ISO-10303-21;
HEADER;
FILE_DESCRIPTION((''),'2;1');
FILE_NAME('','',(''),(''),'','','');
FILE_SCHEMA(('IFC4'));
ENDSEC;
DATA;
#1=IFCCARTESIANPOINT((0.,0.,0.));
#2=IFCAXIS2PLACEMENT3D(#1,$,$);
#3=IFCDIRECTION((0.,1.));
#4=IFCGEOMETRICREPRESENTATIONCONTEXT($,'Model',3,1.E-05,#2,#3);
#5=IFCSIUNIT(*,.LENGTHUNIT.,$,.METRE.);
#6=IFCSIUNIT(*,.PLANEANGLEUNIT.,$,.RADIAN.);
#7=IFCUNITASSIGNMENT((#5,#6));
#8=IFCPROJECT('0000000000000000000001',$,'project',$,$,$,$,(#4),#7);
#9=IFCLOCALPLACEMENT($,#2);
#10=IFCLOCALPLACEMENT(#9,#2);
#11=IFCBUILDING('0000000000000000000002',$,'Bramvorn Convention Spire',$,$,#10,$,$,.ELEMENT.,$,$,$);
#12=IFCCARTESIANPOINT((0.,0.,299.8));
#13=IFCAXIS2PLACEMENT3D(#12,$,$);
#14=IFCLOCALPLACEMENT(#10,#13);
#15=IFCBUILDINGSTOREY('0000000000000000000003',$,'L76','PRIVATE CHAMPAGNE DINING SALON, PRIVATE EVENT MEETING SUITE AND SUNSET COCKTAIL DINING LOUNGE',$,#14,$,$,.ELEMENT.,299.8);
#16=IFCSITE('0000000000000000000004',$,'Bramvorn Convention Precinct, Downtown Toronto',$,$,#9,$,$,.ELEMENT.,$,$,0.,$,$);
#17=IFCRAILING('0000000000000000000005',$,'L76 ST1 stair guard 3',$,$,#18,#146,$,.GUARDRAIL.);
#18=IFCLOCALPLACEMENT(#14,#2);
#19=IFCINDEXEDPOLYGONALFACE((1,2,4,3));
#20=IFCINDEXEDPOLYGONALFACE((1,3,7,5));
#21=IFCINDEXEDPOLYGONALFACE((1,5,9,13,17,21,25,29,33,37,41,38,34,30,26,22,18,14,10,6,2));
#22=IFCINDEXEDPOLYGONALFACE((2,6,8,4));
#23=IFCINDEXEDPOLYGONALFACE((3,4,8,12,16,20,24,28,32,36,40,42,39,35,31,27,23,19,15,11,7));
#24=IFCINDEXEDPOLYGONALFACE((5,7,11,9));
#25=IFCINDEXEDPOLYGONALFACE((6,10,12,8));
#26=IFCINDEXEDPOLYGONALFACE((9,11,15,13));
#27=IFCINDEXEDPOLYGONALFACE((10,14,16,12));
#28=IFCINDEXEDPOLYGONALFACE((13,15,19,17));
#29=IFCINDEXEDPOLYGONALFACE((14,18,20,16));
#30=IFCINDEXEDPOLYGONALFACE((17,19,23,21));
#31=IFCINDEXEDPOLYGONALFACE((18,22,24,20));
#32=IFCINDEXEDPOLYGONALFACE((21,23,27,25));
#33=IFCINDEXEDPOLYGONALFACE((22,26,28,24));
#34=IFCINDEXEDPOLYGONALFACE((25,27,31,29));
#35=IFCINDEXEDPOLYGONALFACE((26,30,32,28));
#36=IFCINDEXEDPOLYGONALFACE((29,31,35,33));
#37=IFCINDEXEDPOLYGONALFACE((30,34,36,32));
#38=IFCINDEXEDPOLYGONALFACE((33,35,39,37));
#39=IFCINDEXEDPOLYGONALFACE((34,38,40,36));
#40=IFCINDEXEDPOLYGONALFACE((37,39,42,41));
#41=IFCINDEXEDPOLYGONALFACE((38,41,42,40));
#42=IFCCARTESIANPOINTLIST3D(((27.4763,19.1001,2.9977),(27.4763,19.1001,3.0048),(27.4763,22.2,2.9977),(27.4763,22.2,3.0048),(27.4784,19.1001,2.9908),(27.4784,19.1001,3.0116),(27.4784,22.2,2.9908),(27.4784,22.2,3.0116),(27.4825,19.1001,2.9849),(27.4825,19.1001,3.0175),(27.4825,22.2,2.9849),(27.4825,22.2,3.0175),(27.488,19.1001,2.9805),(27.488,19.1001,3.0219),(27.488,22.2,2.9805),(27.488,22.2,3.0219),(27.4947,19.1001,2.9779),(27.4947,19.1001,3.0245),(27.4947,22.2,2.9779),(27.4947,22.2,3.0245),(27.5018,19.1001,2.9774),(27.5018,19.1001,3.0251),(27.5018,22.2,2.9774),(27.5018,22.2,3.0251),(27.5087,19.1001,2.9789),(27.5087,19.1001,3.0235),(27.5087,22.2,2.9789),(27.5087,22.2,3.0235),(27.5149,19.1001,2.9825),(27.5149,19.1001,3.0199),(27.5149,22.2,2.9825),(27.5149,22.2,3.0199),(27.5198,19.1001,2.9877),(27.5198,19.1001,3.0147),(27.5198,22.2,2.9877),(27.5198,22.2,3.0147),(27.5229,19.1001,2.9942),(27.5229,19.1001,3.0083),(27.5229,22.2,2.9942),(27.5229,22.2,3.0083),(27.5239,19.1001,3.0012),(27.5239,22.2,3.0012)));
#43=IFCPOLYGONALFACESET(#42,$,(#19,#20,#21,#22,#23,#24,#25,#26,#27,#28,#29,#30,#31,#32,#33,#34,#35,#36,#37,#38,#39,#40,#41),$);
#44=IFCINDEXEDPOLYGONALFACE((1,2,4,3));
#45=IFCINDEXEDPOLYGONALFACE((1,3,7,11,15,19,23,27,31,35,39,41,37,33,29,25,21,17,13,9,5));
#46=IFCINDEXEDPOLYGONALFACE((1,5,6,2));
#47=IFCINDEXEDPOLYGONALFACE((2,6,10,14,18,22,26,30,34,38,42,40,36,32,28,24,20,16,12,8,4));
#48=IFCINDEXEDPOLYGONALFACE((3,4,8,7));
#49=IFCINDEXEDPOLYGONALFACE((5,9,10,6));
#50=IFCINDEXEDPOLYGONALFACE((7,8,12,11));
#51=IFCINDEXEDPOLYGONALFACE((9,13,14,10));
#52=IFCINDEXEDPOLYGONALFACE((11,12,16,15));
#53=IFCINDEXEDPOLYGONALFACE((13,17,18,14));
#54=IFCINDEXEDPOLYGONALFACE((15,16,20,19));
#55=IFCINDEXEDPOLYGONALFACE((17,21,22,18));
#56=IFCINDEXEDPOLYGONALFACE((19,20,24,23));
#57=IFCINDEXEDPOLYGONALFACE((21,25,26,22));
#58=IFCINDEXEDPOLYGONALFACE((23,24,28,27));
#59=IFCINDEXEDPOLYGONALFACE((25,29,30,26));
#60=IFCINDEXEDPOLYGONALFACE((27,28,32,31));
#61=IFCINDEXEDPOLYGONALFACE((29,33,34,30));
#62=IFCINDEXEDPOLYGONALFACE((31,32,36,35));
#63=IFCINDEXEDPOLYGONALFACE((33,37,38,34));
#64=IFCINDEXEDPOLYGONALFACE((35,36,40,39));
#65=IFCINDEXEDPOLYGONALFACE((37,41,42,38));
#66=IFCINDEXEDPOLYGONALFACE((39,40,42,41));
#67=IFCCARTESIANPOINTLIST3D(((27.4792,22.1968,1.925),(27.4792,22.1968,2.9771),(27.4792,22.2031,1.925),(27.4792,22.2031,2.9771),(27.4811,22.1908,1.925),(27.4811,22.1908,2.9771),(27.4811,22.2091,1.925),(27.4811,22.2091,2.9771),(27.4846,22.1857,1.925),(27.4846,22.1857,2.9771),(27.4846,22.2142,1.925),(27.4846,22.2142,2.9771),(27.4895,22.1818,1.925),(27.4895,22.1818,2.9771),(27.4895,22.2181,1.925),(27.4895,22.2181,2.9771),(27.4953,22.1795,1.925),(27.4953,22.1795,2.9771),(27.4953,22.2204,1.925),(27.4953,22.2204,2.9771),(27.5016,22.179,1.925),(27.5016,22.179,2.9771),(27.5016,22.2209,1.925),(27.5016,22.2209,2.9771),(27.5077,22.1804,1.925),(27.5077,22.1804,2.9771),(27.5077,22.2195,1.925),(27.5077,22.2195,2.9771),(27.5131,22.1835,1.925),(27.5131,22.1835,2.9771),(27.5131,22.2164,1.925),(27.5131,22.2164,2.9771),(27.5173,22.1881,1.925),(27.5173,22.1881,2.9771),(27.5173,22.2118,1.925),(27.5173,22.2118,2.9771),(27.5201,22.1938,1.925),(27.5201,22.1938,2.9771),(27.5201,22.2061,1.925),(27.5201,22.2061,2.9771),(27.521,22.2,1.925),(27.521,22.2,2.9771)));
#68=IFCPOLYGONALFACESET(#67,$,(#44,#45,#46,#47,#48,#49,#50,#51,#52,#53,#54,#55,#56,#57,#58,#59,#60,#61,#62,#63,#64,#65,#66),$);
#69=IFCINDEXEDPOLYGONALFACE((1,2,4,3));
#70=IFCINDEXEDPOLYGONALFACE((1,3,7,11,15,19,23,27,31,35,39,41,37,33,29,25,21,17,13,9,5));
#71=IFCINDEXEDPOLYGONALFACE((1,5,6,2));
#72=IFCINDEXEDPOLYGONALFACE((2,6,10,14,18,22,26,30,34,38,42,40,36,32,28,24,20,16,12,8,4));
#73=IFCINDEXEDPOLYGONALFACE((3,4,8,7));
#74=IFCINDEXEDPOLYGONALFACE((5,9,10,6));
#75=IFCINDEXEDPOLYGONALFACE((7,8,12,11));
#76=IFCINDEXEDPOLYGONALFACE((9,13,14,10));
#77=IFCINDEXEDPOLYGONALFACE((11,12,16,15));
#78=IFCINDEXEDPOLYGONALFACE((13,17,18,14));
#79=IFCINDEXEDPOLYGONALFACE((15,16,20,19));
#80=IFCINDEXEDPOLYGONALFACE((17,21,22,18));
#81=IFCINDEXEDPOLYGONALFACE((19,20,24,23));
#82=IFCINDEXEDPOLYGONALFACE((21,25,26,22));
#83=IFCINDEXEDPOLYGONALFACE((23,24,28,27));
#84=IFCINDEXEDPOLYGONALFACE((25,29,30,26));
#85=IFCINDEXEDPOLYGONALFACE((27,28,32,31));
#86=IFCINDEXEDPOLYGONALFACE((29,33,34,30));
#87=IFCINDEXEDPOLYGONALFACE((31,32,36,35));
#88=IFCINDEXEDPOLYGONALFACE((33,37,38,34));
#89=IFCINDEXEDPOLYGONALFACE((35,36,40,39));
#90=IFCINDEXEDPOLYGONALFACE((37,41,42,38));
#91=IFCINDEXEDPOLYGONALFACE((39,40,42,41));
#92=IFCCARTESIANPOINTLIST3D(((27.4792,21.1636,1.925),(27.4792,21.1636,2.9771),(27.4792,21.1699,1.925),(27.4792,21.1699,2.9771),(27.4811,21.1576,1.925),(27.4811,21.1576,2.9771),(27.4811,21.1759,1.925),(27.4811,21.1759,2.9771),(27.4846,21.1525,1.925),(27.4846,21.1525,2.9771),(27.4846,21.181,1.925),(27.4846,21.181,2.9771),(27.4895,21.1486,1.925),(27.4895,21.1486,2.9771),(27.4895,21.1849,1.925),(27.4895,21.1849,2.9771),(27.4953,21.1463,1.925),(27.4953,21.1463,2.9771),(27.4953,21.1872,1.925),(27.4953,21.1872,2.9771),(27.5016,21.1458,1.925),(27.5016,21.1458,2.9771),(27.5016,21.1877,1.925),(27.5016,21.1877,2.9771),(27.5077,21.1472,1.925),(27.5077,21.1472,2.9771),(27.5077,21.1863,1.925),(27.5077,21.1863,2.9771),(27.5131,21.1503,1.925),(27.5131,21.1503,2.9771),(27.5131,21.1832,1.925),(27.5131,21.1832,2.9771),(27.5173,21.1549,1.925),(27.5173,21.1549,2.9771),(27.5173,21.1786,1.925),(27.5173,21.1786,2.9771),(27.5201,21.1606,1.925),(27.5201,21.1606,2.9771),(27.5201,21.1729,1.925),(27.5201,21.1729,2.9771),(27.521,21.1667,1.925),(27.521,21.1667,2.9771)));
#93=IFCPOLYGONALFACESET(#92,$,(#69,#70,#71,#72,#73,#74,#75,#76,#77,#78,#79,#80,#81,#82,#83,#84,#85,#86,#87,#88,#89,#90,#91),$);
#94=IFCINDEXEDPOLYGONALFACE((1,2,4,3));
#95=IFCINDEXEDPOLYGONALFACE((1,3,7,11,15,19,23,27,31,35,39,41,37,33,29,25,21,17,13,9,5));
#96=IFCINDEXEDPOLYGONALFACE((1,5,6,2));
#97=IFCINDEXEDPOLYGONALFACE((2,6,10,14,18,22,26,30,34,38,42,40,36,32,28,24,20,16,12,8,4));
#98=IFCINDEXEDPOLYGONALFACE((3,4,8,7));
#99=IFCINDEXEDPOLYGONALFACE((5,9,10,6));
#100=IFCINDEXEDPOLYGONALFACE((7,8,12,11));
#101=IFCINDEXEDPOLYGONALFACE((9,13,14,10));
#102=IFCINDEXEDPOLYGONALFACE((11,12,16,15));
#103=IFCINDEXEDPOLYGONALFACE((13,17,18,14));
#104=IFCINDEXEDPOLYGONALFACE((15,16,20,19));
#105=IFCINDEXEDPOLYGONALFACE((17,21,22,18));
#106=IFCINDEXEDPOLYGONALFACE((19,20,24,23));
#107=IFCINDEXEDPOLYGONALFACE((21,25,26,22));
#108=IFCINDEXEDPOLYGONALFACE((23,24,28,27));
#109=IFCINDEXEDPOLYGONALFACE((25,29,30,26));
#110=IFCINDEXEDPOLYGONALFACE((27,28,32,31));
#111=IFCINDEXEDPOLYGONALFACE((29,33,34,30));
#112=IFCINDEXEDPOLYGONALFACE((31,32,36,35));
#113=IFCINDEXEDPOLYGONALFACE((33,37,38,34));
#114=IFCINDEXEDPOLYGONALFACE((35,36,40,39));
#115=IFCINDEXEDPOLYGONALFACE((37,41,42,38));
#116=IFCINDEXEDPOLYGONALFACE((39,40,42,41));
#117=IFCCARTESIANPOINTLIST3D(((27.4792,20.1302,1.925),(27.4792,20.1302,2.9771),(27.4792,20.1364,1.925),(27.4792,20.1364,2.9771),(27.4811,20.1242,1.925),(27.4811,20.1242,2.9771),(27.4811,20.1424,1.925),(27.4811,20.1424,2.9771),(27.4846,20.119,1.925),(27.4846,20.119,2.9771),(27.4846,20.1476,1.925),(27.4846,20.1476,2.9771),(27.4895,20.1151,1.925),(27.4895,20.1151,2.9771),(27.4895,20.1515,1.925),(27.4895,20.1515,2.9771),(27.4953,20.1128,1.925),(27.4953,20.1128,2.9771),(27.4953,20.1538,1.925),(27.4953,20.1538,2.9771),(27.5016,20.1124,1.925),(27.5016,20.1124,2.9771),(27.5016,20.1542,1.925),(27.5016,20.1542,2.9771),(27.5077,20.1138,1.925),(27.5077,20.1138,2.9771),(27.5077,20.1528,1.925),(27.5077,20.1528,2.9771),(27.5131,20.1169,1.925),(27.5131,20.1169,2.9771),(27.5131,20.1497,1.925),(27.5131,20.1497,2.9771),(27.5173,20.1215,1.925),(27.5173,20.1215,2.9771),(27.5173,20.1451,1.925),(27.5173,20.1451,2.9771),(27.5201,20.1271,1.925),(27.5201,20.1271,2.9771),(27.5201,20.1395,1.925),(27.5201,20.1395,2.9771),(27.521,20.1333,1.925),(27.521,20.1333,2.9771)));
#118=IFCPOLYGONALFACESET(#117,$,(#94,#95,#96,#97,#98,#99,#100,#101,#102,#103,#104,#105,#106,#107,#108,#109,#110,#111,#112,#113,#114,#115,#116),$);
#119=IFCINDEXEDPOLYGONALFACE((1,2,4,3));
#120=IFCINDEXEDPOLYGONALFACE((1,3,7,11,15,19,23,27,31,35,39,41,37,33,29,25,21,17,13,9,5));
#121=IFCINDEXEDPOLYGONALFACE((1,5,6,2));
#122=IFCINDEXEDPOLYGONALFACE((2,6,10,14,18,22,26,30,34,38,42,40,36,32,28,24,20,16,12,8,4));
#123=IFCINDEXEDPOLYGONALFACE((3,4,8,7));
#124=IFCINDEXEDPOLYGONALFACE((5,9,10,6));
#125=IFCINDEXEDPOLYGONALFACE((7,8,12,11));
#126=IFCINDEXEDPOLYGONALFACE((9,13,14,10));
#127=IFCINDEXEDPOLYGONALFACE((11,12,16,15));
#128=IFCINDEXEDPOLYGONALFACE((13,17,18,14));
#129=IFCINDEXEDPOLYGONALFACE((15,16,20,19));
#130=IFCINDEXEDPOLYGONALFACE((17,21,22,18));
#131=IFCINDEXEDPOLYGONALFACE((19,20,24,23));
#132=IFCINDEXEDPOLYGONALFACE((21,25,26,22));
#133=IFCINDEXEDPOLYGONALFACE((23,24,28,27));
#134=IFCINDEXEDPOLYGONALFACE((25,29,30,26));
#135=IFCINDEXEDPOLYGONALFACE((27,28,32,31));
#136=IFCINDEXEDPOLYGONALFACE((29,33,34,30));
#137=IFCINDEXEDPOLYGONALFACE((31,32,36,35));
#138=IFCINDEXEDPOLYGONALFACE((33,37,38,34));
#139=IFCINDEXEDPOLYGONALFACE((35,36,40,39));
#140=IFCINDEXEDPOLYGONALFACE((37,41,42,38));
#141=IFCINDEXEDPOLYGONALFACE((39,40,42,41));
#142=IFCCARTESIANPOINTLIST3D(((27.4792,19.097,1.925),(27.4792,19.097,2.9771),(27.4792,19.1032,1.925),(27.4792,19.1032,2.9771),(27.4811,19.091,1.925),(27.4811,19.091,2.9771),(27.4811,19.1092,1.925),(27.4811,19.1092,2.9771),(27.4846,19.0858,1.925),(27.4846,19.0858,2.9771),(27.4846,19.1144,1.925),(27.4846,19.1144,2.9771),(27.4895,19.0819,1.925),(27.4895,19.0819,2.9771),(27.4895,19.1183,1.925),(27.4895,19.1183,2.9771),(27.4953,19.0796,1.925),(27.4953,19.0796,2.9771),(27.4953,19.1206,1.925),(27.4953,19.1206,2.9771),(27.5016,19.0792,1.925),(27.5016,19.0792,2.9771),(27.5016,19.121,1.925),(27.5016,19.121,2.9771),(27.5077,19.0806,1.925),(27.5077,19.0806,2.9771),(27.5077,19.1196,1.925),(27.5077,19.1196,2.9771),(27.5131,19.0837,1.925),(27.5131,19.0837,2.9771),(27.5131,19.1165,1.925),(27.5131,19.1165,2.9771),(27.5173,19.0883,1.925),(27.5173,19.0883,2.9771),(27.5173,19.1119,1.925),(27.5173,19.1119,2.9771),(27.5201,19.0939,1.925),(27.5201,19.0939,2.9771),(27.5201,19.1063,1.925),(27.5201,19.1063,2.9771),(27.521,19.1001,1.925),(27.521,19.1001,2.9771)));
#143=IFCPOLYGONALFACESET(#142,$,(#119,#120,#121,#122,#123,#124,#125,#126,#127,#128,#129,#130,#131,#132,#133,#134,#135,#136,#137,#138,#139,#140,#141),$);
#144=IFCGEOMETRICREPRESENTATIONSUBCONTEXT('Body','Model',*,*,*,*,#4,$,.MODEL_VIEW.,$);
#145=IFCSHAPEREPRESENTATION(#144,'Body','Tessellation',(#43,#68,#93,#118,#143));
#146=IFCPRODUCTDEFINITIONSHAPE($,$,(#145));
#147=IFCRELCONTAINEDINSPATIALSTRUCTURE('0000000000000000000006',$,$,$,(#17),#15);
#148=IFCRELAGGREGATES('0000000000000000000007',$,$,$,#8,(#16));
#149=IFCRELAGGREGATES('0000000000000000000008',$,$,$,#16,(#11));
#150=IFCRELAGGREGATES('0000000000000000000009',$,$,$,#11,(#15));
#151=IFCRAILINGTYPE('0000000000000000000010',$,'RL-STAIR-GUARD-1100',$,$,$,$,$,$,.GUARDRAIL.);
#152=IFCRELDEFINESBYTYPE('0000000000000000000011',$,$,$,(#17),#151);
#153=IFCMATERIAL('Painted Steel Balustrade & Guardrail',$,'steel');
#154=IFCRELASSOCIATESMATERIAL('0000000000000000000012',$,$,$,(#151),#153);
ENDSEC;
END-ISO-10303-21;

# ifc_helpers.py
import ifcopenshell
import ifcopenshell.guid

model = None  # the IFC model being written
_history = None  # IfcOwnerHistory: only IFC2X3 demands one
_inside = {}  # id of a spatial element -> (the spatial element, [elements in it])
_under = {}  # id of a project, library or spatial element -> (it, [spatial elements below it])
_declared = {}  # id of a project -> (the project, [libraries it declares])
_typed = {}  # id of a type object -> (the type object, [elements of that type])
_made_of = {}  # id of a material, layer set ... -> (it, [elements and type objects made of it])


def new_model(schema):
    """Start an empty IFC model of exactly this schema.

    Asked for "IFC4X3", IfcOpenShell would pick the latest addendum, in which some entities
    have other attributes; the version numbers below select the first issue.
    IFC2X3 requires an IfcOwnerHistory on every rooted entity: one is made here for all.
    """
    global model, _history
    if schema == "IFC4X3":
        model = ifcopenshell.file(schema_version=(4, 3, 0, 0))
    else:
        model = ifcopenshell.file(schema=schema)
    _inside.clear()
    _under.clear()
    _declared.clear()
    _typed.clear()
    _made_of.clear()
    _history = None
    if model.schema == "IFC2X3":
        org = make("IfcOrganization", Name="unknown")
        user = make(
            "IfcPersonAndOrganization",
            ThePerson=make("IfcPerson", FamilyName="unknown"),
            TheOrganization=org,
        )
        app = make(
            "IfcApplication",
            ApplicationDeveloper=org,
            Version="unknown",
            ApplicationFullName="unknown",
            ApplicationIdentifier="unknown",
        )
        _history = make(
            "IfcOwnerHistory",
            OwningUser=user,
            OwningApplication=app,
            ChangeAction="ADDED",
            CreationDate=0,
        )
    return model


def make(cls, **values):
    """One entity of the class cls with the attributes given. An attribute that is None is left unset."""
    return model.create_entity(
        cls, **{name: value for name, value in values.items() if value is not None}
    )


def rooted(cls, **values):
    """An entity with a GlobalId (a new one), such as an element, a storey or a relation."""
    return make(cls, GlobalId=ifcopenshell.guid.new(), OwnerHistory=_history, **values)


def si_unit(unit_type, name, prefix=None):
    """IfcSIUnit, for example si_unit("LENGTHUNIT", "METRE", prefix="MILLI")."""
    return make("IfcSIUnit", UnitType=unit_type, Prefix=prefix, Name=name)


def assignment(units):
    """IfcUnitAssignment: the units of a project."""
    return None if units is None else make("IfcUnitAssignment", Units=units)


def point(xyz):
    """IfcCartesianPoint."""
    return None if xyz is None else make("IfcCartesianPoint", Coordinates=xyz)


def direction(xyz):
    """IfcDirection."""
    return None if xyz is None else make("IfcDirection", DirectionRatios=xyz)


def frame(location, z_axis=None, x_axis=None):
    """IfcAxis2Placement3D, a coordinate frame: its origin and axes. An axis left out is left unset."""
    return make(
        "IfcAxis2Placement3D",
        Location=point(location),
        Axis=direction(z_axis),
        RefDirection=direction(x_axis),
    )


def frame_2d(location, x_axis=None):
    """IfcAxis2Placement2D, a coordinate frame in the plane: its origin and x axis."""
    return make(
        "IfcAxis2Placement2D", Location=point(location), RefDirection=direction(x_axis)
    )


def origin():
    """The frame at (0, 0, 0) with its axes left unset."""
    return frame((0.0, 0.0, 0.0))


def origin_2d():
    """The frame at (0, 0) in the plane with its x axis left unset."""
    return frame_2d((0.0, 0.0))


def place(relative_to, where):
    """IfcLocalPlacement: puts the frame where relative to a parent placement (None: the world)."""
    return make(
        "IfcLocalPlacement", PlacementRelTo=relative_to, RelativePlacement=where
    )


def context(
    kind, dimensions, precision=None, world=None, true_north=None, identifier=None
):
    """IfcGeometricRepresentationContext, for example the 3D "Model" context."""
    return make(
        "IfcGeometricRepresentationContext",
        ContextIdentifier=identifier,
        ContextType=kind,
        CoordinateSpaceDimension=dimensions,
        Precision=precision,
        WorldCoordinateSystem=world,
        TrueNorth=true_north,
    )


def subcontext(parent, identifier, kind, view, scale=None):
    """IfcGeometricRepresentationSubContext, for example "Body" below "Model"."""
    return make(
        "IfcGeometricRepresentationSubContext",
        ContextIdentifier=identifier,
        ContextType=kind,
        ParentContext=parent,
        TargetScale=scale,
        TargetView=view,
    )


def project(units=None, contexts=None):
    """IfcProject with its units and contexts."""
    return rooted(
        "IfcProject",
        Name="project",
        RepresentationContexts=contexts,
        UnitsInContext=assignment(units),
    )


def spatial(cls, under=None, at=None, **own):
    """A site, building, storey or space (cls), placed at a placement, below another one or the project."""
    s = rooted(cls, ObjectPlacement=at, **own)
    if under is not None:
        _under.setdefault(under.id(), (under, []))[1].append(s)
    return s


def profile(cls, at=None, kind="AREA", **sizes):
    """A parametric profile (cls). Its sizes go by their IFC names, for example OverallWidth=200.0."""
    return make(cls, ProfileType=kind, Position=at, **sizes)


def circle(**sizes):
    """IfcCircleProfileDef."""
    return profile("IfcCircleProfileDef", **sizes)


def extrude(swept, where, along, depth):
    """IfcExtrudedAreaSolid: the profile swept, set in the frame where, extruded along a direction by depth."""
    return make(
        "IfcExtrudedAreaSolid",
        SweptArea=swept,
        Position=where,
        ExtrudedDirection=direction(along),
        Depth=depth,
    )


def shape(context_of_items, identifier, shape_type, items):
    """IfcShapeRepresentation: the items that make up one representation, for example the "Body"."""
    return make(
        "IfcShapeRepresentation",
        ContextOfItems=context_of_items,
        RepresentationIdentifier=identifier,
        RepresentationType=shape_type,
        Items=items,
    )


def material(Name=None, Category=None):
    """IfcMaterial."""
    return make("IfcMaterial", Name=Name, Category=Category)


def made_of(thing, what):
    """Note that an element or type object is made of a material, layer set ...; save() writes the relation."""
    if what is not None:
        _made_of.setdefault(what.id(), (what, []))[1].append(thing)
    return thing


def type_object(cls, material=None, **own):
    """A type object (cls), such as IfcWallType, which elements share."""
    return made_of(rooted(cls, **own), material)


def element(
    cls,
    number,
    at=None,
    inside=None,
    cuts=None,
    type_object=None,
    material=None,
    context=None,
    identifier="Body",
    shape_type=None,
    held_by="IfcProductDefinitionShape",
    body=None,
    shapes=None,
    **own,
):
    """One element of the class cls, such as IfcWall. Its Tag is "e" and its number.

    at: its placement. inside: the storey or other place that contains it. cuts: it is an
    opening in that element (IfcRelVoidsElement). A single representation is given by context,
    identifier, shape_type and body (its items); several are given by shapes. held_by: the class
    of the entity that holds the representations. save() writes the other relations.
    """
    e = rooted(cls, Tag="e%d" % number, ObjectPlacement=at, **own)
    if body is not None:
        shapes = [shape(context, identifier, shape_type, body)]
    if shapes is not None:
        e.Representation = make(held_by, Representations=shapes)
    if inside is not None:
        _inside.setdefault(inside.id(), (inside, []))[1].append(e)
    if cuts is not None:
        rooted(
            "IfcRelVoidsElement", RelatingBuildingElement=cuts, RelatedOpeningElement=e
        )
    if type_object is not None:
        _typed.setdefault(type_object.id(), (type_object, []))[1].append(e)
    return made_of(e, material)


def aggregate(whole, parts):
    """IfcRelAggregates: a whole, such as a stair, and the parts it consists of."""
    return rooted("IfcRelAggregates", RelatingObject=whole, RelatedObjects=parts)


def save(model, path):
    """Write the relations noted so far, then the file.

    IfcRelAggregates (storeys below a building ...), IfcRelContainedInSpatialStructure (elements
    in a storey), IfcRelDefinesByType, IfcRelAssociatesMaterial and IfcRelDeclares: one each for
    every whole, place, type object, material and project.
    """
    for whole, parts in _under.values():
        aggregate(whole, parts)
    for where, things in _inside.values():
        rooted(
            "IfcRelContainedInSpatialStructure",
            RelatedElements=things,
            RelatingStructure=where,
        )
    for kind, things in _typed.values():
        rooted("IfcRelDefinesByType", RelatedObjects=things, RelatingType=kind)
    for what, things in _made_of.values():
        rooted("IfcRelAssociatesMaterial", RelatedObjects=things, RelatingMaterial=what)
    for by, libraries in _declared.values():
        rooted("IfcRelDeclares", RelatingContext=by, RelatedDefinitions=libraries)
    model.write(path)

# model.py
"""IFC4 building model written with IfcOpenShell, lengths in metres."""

from ifc_helpers import new_model, si_unit, direction, frame, origin, origin_2d, place, context, subcontext, project, spatial, circle, extrude, material, type_object, element, save


model = new_model("IFC4")

# Units and contexts
model_context = context("Model", 3, precision=1e-05, world=origin(), true_north=direction((0.0, 1.0)))
body_context = subcontext(model_context, "Body", "Model", "MODEL_VIEW")
ifc_project = project(units=[si_unit("LENGTHUNIT", "METRE"), si_unit("PLANEANGLEUNIT", "RADIAN")], contexts=[model_context])

# Site, building, storey
site_placement = place(None, origin())
site = spatial("IfcSite", under=ifc_project, at=site_placement, Name="Bramvorn Convention Precinct, Downtown Toronto", CompositionType="ELEMENT", RefElevation=0.0)
building_placement = place(site_placement, origin())
building = spatial("IfcBuilding", under=site, at=building_placement, Name="Bramvorn Convention Spire", CompositionType="ELEMENT")
storey_placement = place(building_placement, frame((0.0, 0.0, 299.8)))
storey = spatial("IfcBuildingStorey", under=building, at=storey_placement, Name="L76", Description="PRIVATE CHAMPAGNE DINING SALON, PRIVATE EVENT MEETING SUITE AND SUNSET COCKTAIL DINING LOUNGE", CompositionType="ELEMENT", Elevation=299.8)

# Railing
ifc_material_1 = material(Name="Painted Steel Balustrade & Guardrail", Category="steel")
railing_type_1 = type_object("IfcRailingType", Name="RL-STAIR-GUARD-1100", PredefinedType="GUARDRAIL", material=ifc_material_1)
for number, where, name in (
    (1, (27.5, 22.2, 1.925), "L76 ST1 stair guard 3"),
):
    element("IfcRailing", number, at=place(storey_placement, frame(where)), inside=storey, type_object=railing_type_1, Name=name, PredefinedType="GUARDRAIL", context=body_context, shape_type="SweptSolid", body=[
        extrude(circle(Radius=0.0239, at=origin_2d()), frame((0.0, 0.0, 1.0762), z_axis=(0.0, -1.0, 0.0), x_axis=(1.0, 0.0, 0.0)), (0.0, 0.0, 1.0), 3.0999),
        extrude(circle(Radius=0.021, at=origin_2d()), origin(), (0.0, 0.0, 1.0), 1.052),
        extrude(circle(Radius=0.021, at=origin_2d()), frame((0.0, -1.0332, 0.0)), (0.0, 0.0, 1.0), 1.052),
        extrude(circle(Radius=0.021, at=origin_2d()), frame((0.0, -2.0667, 0.0)), (0.0, 0.0, 1.0), 1.052),
        extrude(circle(Radius=0.021, at=origin_2d()), frame((0.0, -3.0999, 0.0)), (0.0, 0.0, 1.0), 1.052),
    ])

save(model, "model.ifc")
